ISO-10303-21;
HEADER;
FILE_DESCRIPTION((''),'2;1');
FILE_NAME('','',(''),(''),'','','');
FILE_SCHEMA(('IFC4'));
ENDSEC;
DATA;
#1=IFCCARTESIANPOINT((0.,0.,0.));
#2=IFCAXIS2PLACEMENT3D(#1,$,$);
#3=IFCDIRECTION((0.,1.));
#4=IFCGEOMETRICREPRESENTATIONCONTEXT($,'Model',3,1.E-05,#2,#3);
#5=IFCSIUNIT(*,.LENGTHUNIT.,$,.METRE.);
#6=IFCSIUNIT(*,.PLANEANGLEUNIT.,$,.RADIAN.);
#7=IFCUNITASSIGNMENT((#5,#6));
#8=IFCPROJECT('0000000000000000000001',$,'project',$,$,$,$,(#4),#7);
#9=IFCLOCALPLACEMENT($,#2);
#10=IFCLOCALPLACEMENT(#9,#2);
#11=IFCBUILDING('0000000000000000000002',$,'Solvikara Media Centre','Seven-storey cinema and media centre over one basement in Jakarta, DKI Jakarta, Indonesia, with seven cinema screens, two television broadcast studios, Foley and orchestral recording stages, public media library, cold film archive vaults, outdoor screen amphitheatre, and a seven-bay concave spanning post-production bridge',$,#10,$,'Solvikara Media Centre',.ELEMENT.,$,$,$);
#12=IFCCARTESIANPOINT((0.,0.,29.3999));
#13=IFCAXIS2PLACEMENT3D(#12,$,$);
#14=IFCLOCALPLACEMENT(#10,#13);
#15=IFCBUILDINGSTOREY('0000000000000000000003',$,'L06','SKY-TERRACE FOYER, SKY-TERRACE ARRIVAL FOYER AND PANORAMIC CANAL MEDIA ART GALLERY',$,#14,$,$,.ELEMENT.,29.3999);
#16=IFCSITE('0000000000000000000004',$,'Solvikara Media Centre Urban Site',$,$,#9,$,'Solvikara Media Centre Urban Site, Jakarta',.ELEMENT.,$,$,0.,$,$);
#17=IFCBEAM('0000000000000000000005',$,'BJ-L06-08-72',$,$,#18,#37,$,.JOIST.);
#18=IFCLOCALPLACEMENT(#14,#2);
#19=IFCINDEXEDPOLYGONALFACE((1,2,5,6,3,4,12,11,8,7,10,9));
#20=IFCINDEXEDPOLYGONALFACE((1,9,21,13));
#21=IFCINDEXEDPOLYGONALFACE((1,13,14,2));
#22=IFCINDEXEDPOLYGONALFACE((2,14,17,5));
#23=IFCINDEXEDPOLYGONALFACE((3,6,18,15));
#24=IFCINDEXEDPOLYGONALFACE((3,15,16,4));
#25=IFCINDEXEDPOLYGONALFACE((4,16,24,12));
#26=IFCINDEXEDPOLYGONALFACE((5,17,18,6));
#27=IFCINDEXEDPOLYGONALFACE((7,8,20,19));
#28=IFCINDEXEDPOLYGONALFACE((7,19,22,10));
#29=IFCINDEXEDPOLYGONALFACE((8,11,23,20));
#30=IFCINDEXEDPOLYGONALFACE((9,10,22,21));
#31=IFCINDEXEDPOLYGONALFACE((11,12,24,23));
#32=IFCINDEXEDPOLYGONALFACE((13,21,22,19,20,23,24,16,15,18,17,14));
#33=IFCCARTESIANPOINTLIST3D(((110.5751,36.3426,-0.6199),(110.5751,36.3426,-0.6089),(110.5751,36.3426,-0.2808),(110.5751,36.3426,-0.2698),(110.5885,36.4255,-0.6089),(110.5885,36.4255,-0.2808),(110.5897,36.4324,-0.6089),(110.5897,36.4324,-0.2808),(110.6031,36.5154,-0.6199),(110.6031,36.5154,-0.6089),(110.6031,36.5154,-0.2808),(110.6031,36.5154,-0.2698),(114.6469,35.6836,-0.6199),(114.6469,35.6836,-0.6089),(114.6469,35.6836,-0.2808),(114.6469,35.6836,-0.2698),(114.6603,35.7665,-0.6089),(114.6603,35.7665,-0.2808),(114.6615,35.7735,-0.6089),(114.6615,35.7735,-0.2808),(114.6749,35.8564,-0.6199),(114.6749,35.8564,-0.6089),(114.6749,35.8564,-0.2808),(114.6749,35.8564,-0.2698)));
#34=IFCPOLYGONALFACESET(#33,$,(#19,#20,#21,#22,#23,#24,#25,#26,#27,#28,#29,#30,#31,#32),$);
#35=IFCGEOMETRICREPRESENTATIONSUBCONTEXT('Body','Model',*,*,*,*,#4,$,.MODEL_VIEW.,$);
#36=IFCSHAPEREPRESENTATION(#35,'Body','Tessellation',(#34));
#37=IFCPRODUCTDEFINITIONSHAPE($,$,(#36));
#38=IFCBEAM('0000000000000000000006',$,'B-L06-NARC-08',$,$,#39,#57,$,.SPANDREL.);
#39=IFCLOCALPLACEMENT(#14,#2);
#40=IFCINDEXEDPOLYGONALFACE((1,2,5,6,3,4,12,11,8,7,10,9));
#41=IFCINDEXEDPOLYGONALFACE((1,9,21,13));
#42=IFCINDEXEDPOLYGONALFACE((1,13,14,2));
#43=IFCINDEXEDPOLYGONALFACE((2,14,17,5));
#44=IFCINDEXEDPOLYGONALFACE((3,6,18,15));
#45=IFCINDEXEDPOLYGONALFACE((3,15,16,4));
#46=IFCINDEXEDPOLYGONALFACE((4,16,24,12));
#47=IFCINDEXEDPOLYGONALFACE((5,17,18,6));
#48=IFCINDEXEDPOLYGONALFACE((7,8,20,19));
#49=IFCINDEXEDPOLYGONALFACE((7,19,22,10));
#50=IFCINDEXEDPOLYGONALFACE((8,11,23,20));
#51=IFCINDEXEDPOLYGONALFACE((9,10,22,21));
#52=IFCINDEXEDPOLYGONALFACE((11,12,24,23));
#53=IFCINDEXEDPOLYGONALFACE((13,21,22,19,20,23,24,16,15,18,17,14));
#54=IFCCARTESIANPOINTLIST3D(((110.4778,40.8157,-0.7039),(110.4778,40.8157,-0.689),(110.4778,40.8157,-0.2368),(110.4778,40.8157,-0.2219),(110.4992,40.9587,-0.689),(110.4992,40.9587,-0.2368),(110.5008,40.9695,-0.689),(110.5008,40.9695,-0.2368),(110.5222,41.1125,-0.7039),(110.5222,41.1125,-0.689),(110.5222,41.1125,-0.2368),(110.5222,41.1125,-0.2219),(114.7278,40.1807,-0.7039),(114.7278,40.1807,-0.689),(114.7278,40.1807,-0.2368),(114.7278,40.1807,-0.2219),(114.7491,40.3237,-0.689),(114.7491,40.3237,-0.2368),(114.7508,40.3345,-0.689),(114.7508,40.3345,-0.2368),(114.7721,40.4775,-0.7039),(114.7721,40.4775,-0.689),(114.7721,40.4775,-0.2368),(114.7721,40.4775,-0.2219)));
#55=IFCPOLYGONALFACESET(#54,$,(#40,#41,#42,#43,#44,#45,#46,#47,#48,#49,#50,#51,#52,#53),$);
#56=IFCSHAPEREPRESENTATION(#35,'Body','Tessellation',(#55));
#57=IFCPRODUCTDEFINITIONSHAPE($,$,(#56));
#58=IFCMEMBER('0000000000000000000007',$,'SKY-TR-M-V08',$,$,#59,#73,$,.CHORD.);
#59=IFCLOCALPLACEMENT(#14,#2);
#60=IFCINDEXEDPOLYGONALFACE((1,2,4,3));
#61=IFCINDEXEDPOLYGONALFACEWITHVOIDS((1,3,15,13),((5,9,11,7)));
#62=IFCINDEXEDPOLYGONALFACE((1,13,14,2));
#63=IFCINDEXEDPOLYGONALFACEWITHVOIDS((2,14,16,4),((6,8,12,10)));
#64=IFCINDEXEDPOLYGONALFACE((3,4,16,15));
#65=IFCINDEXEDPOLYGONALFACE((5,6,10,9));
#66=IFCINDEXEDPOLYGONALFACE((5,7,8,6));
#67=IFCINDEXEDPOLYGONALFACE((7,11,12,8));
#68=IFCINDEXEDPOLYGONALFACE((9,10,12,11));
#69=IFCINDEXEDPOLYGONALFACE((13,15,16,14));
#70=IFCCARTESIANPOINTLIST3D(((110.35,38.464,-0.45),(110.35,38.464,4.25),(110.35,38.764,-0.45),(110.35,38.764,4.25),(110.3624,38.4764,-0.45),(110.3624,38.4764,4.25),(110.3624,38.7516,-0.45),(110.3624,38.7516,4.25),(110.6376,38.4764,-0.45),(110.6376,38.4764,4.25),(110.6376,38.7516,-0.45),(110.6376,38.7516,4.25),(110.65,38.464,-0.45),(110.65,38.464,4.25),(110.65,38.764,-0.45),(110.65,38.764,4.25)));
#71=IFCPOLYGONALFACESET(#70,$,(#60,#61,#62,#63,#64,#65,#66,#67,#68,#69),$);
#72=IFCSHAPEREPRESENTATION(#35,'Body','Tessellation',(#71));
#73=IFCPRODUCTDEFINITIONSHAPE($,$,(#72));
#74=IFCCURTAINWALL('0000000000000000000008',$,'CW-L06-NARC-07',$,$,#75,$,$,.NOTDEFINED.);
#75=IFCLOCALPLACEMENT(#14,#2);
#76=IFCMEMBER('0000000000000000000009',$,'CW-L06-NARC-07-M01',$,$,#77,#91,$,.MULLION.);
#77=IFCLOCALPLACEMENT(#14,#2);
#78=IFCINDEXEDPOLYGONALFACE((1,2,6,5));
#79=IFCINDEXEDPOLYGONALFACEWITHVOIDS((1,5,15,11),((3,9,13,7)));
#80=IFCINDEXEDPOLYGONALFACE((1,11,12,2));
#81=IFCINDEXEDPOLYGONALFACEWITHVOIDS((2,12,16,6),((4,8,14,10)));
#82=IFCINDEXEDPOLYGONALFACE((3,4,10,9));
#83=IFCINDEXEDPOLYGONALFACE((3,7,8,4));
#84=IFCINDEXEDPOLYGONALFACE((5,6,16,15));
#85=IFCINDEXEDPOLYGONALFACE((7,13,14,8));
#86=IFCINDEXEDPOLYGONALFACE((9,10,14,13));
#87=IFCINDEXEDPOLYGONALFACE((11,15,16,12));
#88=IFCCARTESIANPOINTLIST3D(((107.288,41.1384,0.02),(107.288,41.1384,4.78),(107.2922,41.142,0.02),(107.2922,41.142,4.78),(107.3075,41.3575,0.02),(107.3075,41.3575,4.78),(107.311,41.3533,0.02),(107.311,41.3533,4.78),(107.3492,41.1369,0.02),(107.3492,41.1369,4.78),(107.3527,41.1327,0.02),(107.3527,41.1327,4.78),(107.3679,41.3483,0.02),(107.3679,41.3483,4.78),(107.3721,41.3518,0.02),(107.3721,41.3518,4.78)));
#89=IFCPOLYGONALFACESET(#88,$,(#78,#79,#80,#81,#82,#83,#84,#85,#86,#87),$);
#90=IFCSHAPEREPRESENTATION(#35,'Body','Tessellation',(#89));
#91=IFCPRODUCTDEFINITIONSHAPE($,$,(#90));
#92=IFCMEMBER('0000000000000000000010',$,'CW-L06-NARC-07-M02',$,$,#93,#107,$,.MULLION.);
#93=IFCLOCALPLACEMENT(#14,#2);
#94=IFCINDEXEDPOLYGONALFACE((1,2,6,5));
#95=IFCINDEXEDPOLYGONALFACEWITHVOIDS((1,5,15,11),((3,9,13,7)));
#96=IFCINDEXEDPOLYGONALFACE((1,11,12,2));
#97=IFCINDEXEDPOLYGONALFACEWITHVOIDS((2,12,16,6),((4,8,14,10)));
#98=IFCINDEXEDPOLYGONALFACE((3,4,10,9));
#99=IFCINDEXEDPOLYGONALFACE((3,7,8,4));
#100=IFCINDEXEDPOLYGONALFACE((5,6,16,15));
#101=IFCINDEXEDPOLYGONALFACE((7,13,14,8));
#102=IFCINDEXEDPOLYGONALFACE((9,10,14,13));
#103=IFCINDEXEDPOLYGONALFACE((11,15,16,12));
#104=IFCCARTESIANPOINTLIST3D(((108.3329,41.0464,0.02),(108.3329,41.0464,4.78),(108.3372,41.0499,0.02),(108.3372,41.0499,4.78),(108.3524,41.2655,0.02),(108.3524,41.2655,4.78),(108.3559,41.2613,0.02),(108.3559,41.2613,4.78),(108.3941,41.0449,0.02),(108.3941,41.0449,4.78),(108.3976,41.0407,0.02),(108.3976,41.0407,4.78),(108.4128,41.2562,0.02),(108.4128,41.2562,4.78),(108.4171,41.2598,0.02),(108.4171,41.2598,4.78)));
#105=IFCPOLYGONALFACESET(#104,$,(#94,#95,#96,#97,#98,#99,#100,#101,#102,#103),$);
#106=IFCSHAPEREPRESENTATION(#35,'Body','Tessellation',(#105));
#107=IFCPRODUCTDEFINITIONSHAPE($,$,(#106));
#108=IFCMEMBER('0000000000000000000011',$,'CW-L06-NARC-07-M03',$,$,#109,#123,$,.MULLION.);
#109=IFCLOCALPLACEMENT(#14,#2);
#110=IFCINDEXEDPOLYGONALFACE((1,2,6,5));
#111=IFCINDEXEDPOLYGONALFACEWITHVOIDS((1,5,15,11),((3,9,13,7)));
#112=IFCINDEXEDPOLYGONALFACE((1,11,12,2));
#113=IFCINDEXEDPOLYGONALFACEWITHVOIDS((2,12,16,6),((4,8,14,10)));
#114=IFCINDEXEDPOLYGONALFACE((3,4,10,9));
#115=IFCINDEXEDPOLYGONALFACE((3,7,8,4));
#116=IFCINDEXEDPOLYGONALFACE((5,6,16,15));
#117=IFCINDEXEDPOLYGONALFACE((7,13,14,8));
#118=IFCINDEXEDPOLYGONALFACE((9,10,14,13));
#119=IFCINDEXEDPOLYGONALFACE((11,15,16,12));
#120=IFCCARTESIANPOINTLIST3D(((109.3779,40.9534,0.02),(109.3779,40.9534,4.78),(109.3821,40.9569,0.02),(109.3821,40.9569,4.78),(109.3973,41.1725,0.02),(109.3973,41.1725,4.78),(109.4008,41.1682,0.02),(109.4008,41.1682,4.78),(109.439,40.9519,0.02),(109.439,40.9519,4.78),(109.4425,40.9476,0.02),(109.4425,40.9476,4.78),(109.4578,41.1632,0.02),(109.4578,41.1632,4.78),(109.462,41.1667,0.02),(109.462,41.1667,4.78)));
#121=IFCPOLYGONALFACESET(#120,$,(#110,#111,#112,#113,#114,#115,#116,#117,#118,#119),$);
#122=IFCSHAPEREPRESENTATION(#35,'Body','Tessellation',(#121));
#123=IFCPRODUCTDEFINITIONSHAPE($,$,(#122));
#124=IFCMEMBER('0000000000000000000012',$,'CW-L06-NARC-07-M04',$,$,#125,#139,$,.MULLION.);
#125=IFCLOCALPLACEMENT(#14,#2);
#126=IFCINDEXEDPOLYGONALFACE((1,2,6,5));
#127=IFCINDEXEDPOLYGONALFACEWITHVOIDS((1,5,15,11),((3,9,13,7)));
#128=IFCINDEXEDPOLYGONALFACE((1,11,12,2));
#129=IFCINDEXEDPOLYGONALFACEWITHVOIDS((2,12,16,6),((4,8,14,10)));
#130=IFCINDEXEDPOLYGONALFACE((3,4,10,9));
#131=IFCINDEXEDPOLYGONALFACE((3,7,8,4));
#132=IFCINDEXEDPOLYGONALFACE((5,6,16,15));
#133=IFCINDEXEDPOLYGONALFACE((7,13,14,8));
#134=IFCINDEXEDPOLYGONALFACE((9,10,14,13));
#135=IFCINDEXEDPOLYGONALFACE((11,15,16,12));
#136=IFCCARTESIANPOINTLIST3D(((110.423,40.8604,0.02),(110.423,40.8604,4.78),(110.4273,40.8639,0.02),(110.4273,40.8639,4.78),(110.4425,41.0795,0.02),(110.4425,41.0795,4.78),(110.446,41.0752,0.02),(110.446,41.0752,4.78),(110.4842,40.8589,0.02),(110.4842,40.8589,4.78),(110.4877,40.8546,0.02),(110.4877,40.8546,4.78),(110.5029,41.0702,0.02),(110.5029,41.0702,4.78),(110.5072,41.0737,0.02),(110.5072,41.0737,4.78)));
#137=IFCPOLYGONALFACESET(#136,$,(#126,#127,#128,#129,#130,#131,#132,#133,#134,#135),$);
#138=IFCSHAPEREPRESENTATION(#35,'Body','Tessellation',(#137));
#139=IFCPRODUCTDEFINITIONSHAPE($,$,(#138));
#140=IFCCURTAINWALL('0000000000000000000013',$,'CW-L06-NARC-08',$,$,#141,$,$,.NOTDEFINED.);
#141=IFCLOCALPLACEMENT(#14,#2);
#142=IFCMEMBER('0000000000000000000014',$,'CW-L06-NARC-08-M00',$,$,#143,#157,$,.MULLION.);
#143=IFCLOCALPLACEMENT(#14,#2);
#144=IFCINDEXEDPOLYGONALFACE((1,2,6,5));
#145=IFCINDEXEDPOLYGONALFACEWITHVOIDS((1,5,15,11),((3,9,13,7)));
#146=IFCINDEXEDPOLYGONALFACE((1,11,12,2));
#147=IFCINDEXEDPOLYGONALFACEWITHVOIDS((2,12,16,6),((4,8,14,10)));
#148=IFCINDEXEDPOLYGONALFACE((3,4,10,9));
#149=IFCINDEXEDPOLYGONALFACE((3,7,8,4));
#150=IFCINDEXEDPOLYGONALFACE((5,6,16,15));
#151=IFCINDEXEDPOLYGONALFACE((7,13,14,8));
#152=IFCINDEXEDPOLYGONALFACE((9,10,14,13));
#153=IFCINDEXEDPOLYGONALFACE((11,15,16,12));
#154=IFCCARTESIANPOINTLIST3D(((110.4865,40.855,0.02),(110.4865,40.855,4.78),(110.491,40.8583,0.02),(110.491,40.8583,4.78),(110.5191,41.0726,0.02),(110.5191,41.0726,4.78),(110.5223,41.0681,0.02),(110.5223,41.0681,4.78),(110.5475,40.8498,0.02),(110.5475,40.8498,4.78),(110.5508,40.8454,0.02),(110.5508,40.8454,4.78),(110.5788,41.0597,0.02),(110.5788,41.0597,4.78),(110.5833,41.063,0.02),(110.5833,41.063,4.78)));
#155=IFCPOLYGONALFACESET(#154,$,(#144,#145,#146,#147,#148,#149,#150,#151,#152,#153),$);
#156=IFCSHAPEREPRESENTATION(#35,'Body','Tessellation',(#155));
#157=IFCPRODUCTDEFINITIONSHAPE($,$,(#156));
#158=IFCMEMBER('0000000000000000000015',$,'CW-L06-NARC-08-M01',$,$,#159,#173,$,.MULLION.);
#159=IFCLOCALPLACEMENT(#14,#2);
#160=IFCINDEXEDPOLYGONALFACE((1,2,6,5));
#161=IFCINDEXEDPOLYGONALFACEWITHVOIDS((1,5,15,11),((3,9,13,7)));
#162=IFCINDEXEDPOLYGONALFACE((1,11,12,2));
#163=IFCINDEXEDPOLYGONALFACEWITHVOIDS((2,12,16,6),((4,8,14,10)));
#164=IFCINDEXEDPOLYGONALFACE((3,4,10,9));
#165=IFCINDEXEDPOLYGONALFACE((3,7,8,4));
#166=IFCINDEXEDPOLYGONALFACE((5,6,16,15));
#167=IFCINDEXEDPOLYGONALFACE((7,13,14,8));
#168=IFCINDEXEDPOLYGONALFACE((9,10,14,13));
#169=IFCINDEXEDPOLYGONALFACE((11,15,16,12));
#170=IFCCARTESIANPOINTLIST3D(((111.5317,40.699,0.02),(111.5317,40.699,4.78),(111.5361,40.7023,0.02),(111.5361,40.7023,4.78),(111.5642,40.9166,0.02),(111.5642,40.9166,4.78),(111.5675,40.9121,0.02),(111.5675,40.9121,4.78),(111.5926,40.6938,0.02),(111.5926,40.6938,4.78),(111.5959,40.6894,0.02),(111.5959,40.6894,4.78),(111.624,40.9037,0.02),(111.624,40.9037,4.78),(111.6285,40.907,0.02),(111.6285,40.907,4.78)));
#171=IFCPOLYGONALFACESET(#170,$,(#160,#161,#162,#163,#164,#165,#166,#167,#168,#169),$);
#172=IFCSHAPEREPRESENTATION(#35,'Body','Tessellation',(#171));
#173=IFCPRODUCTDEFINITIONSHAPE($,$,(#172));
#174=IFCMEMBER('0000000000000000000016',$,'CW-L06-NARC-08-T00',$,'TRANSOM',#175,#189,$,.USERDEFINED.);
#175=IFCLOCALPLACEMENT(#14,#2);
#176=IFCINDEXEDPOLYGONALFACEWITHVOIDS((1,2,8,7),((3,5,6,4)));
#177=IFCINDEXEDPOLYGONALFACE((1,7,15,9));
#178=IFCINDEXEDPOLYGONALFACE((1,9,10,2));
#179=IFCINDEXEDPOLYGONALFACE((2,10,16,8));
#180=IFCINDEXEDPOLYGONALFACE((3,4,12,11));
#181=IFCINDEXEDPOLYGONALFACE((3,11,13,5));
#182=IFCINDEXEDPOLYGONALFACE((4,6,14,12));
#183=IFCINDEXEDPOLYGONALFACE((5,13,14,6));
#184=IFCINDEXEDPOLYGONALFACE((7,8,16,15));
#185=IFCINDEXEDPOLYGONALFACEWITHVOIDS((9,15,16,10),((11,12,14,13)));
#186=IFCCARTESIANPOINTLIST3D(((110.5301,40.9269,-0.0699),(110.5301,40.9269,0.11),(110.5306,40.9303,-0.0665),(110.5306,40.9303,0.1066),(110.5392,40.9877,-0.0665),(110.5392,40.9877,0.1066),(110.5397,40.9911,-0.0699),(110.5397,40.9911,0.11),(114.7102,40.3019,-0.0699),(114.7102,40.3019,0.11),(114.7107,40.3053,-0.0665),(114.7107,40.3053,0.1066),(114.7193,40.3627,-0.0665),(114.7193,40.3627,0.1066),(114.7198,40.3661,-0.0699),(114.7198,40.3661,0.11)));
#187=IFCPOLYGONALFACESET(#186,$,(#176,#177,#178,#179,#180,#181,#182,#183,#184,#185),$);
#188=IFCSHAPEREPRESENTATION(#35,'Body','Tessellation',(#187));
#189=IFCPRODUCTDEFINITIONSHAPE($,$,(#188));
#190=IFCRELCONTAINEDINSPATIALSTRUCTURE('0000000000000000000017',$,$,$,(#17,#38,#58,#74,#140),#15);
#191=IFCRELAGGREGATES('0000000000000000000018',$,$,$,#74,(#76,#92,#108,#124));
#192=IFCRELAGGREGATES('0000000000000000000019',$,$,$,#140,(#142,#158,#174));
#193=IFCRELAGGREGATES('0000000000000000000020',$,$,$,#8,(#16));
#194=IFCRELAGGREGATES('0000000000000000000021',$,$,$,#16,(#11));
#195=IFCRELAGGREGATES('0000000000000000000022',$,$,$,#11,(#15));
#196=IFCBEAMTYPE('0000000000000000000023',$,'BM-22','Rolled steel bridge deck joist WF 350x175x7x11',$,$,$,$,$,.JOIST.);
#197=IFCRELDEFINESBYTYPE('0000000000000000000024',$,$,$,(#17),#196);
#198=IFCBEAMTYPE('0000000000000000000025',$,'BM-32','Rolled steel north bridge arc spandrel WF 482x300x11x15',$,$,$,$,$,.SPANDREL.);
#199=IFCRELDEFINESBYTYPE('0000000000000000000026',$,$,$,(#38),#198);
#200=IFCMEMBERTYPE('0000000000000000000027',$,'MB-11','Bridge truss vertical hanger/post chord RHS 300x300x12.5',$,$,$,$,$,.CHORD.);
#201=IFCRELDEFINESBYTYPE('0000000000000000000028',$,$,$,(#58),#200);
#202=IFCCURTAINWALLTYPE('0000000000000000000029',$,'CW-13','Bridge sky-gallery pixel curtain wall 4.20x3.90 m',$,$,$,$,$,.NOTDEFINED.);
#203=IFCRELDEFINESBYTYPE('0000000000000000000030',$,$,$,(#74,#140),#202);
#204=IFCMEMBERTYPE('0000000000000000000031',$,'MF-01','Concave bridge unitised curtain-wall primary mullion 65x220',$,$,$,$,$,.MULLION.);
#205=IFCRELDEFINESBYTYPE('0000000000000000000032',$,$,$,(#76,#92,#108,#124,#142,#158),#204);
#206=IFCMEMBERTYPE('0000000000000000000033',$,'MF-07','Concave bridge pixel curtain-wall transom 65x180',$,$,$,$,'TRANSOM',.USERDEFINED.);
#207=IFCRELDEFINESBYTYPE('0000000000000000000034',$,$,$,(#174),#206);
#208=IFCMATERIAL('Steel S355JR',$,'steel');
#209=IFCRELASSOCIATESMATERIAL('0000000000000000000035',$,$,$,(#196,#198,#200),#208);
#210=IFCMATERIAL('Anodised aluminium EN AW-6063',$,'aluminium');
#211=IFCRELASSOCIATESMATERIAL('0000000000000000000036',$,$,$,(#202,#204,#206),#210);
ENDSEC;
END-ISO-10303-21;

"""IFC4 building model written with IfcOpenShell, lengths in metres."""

from ifc_helpers import new_model, si_unit, direction, frame, origin, origin_2d, place, context, subcontext, project, spatial, hollow_rectangle, i_section, extrude, material, material_profile, profile_set, type_object, element, aggregate, save


model = new_model("IFC4")

# Units and contexts
model_context = context("Model", 3, precision=1e-05, world=origin(), true_north=direction((0.0, 1.0)))
body_context = subcontext(model_context, "Body", "Model", "MODEL_VIEW")
ifc_project = project(units=[si_unit("LENGTHUNIT", "METRE"), si_unit("PLANEANGLEUNIT", "RADIAN")], contexts=[model_context])

# Site, building, storey
site_placement = place(None, origin())
site = spatial("IfcSite", under=ifc_project, at=site_placement, Name="Solvikara Media Centre Urban Site", LongName="Solvikara Media Centre Urban Site, Jakarta", CompositionType="ELEMENT", RefElevation=0.0)
building_placement = place(site_placement, origin())
building = spatial("IfcBuilding", under=site, at=building_placement, Name="Solvikara Media Centre", Description="Seven-storey cinema and media centre over one basement in Jakarta, DKI Jakarta, Indonesia, with seven cinema screens, two television broadcast studios, Foley and orchestral recording stages, public media library, cold film archive vaults, outdoor screen amphitheatre, and a seven-bay concave spanning post-production bridge", LongName="Solvikara Media Centre", CompositionType="ELEMENT")
storey_placement = place(building_placement, frame((0.0, 0.0, 29.3999)))
storey = spatial("IfcBuildingStorey", under=building, at=storey_placement, Name="L06", Description="SKY-TERRACE FOYER, SKY-TERRACE ARRIVAL FOYER AND PANORAMIC CANAL MEDIA ART GALLERY", CompositionType="ELEMENT", Elevation=29.3999)

# Beams
ifc_material_1 = material(Name="Steel S355JR", Category="steel")
ifc_material_profile_1 = material_profile(ifc_material_1, i_section(OverallWidth=0.175, OverallDepth=0.3501, WebThickness=0.0071, FlangeThickness=0.011, at=origin_2d()), Name="WF 350x175x7x11")
ifc_profile_set_1 = profile_set([ifc_material_profile_1], Name="Steel S355JR")
beam_type_1 = type_object("IfcBeamType", Name="BM-22", Description="Rolled steel bridge deck joist WF 350x175x7x11", PredefinedType="JOIST", material=ifc_profile_set_1)
beam_1_placement = place(storey_placement, frame((110.5891, 36.429, -0.4448), z_axis=(0.987157, -0.159752, 0.0), x_axis=(0.159752, 0.987157, 0.0)))
element("IfcBeam", 1, at=beam_1_placement, inside=storey, type_object=beam_type_1, Name="BJ-L06-08-72", PredefinedType="JOIST", context=body_context, shape_type="SweptSolid", body=[
    extrude(i_section(OverallWidth=0.175, OverallDepth=0.3501, WebThickness=0.0071, FlangeThickness=0.011, at=origin_2d()), origin(), (0.0, 0.0, 1.0), 4.1248),
])
ifc_material_profile_2 = material_profile(ifc_material_1, i_section(OverallWidth=0.3, OverallDepth=0.4819, WebThickness=0.011, FlangeThickness=0.0149, at=origin_2d()), Name="WF 482x300x11x15")
ifc_profile_set_2 = profile_set([ifc_material_profile_2], Name="Steel S355JR")
beam_type_2 = type_object("IfcBeamType", Name="BM-32", Description="Rolled steel north bridge arc spandrel WF 482x300x11x15", PredefinedType="SPANDREL", material=ifc_profile_set_2)
beam_2_placement = place(storey_placement, frame((110.5, 40.9641, -0.4629), z_axis=(0.989021, -0.147774, 0.0), x_axis=(0.147774, 0.989021, 0.0)))
element("IfcBeam", 2, at=beam_2_placement, inside=storey, type_object=beam_type_2, Name="B-L06-NARC-08", PredefinedType="SPANDREL", context=body_context, shape_type="SweptSolid", body=[
    extrude(i_section(OverallWidth=0.3, OverallDepth=0.4819, WebThickness=0.011, FlangeThickness=0.0149, at=origin_2d()), origin(), (0.0, 0.0, 1.0), 4.2971),
])

# Member
ifc_material_profile_3 = material_profile(ifc_material_1, hollow_rectangle(XDim=0.3, YDim=0.3, WallThickness=0.0125, at=origin_2d()), Name="RHS 300x300x12.5")
ifc_profile_set_3 = profile_set([ifc_material_profile_3], Name="Steel S355JR")
member_type_1 = type_object("IfcMemberType", Name="MB-11", Description="Bridge truss vertical hanger/post chord RHS 300x300x12.5", PredefinedType="CHORD", material=ifc_profile_set_3)
member_1_placement = place(storey_placement, frame((110.5, 38.614, -0.45), z_axis=(0.0, 0.0, 1.0), x_axis=(1.0, 0.0, 0.0)))
element("IfcMember", 3, at=member_1_placement, inside=storey, type_object=member_type_1, Name="SKY-TR-M-V08", PredefinedType="CHORD", context=body_context, shape_type="SweptSolid", body=[
    extrude(hollow_rectangle(XDim=0.3, YDim=0.3, WallThickness=0.0125, at=origin_2d()), origin(), (0.0, 0.0, 1.0), 4.7),
])

# Curtain walls, members
ifc_material_2 = material(Name="Anodised aluminium EN AW-6063", Category="aluminium")
curtain_wall_type = type_object("IfcCurtainWallType", Name="CW-13", Description="Bridge sky-gallery pixel curtain wall 4.20x3.90 m", PredefinedType="NOTDEFINED", material=ifc_material_2)
curtain_wall_1_placement = place(storey_placement, origin())
curtain_wall_1 = element("IfcCurtainWall", 4, at=curtain_wall_1_placement, inside=storey, type_object=curtain_wall_type, Name="CW-L06-NARC-07", PredefinedType="NOTDEFINED")
ifc_material_profile_4 = material_profile(ifc_material_2, hollow_rectangle(XDim=0.0649, YDim=0.22, WallThickness=0.0039, at=origin_2d()), Name="ALU-M 65x220x4")
ifc_profile_set_4 = profile_set([ifc_material_profile_4], Name="Anodised aluminium EN AW-6063")
member_type_2 = type_object("IfcMemberType", Name="MF-01", Description="Concave bridge unitised curtain-wall primary mullion 65x220", PredefinedType="MULLION", material=ifc_profile_set_4)
member_2_placement = place(storey_placement, frame((107.3301, 41.2451, 0.02), z_axis=(0.0, 0.0, 1.0), x_axis=(0.996084, -0.088408, 0.0)))
member_2 = element("IfcMember", 5, at=member_2_placement, type_object=member_type_2, Name="CW-L06-NARC-07-M01", PredefinedType="MULLION", context=body_context, shape_type="SweptSolid", body=[
    extrude(hollow_rectangle(XDim=0.0649, YDim=0.22, WallThickness=0.0039, at=origin_2d()), origin(), (0.0, 0.0, 1.0), 4.76),
])
member_3_placement = place(storey_placement, frame((108.375, 41.1531, 0.02), z_axis=(0.0, 0.0, 1.0), x_axis=(0.996084, -0.088408, 0.0)))
member_3 = element("IfcMember", 6, at=member_3_placement, type_object=member_type_2, Name="CW-L06-NARC-07-M02", PredefinedType="MULLION", context=body_context, shape_type="SweptSolid", body=[
    extrude(hollow_rectangle(XDim=0.0649, YDim=0.22, WallThickness=0.0039, at=origin_2d()), origin(), (0.0, 0.0, 1.0), 4.76),
])
member_4_placement = place(storey_placement, frame((109.4199, 41.0601, 0.02), z_axis=(0.0, 0.0, 1.0), x_axis=(0.996084, -0.088408, 0.0)))
member_4 = element("IfcMember", 7, at=member_4_placement, type_object=member_type_2, Name="CW-L06-NARC-07-M03", PredefinedType="MULLION", context=body_context, shape_type="SweptSolid", body=[
    extrude(hollow_rectangle(XDim=0.0649, YDim=0.22, WallThickness=0.0039, at=origin_2d()), origin(), (0.0, 0.0, 1.0), 4.76),
])
member_5_placement = place(storey_placement, frame((110.4651, 40.967, 0.02), z_axis=(0.0, 0.0, 1.0), x_axis=(0.996084, -0.088408, 0.0)))
member_5 = element("IfcMember", 8, at=member_5_placement, type_object=member_type_2, Name="CW-L06-NARC-07-M04", PredefinedType="MULLION", context=body_context, shape_type="SweptSolid", body=[
    extrude(hollow_rectangle(XDim=0.0649, YDim=0.22, WallThickness=0.0039, at=origin_2d()), origin(), (0.0, 0.0, 1.0), 4.76),
])
curtain_wall_2_placement = place(storey_placement, origin())
curtain_wall_2 = element("IfcCurtainWall", 9, at=curtain_wall_2_placement, inside=storey, type_object=curtain_wall_type, Name="CW-L06-NARC-08", PredefinedType="NOTDEFINED")
member_6_placement = place(storey_placement, frame((110.5349, 40.959, 0.02), z_axis=(0.0, 0.0, 1.0), x_axis=(0.989006, -0.147878, 0.0)))
member_6 = element("IfcMember", 10, at=member_6_placement, type_object=member_type_2, Name="CW-L06-NARC-08-M00", PredefinedType="MULLION", context=body_context, shape_type="SweptSolid", body=[
    extrude(hollow_rectangle(XDim=0.0649, YDim=0.22, WallThickness=0.0039, at=origin_2d()), origin(), (0.0, 0.0, 1.0), 4.76),
])
member_7_placement = place(storey_placement, frame((111.5801, 40.803, 0.02), z_axis=(0.0, 0.0, 1.0), x_axis=(0.989006, -0.147878, 0.0)))
member_7 = element("IfcMember", 11, at=member_7_placement, type_object=member_type_2, Name="CW-L06-NARC-08-M01", PredefinedType="MULLION", context=body_context, shape_type="SweptSolid", body=[
    extrude(hollow_rectangle(XDim=0.0649, YDim=0.22, WallThickness=0.0039, at=origin_2d()), origin(), (0.0, 0.0, 1.0), 4.76),
])
ifc_material_profile_5 = material_profile(ifc_material_2, hollow_rectangle(XDim=0.0649, YDim=0.1799, WallThickness=0.0034, at=origin_2d()), Name="ALU-T 65x180x3.5")
ifc_profile_set_5 = profile_set([ifc_material_profile_5], Name="Anodised aluminium EN AW-6063")
member_type_3 = type_object("IfcMemberType", Name="MF-07", Description="Concave bridge pixel curtain-wall transom 65x180", ElementType="TRANSOM", PredefinedType="USERDEFINED", material=ifc_profile_set_5)
member_8_placement = place(storey_placement, frame((110.5349, 40.959, 0.02), z_axis=(0.989007, -0.147872, 0.0), x_axis=(0.147872, 0.989007, 0.0)))
member_8 = element("IfcMember", 12, at=member_8_placement, type_object=member_type_3, Name="CW-L06-NARC-08-T00", ObjectType="TRANSOM", PredefinedType="USERDEFINED", context=body_context, shape_type="SweptSolid", body=[
    extrude(hollow_rectangle(XDim=0.0649, YDim=0.1799, WallThickness=0.0034, at=origin_2d()), origin(), (0.0, 0.0, 1.0), 4.2266),
])

aggregate(curtain_wall_1, [member_2, member_3, member_4, member_5])
aggregate(curtain_wall_2, [member_6, member_7, member_8])

save(model, "model.ifc")
